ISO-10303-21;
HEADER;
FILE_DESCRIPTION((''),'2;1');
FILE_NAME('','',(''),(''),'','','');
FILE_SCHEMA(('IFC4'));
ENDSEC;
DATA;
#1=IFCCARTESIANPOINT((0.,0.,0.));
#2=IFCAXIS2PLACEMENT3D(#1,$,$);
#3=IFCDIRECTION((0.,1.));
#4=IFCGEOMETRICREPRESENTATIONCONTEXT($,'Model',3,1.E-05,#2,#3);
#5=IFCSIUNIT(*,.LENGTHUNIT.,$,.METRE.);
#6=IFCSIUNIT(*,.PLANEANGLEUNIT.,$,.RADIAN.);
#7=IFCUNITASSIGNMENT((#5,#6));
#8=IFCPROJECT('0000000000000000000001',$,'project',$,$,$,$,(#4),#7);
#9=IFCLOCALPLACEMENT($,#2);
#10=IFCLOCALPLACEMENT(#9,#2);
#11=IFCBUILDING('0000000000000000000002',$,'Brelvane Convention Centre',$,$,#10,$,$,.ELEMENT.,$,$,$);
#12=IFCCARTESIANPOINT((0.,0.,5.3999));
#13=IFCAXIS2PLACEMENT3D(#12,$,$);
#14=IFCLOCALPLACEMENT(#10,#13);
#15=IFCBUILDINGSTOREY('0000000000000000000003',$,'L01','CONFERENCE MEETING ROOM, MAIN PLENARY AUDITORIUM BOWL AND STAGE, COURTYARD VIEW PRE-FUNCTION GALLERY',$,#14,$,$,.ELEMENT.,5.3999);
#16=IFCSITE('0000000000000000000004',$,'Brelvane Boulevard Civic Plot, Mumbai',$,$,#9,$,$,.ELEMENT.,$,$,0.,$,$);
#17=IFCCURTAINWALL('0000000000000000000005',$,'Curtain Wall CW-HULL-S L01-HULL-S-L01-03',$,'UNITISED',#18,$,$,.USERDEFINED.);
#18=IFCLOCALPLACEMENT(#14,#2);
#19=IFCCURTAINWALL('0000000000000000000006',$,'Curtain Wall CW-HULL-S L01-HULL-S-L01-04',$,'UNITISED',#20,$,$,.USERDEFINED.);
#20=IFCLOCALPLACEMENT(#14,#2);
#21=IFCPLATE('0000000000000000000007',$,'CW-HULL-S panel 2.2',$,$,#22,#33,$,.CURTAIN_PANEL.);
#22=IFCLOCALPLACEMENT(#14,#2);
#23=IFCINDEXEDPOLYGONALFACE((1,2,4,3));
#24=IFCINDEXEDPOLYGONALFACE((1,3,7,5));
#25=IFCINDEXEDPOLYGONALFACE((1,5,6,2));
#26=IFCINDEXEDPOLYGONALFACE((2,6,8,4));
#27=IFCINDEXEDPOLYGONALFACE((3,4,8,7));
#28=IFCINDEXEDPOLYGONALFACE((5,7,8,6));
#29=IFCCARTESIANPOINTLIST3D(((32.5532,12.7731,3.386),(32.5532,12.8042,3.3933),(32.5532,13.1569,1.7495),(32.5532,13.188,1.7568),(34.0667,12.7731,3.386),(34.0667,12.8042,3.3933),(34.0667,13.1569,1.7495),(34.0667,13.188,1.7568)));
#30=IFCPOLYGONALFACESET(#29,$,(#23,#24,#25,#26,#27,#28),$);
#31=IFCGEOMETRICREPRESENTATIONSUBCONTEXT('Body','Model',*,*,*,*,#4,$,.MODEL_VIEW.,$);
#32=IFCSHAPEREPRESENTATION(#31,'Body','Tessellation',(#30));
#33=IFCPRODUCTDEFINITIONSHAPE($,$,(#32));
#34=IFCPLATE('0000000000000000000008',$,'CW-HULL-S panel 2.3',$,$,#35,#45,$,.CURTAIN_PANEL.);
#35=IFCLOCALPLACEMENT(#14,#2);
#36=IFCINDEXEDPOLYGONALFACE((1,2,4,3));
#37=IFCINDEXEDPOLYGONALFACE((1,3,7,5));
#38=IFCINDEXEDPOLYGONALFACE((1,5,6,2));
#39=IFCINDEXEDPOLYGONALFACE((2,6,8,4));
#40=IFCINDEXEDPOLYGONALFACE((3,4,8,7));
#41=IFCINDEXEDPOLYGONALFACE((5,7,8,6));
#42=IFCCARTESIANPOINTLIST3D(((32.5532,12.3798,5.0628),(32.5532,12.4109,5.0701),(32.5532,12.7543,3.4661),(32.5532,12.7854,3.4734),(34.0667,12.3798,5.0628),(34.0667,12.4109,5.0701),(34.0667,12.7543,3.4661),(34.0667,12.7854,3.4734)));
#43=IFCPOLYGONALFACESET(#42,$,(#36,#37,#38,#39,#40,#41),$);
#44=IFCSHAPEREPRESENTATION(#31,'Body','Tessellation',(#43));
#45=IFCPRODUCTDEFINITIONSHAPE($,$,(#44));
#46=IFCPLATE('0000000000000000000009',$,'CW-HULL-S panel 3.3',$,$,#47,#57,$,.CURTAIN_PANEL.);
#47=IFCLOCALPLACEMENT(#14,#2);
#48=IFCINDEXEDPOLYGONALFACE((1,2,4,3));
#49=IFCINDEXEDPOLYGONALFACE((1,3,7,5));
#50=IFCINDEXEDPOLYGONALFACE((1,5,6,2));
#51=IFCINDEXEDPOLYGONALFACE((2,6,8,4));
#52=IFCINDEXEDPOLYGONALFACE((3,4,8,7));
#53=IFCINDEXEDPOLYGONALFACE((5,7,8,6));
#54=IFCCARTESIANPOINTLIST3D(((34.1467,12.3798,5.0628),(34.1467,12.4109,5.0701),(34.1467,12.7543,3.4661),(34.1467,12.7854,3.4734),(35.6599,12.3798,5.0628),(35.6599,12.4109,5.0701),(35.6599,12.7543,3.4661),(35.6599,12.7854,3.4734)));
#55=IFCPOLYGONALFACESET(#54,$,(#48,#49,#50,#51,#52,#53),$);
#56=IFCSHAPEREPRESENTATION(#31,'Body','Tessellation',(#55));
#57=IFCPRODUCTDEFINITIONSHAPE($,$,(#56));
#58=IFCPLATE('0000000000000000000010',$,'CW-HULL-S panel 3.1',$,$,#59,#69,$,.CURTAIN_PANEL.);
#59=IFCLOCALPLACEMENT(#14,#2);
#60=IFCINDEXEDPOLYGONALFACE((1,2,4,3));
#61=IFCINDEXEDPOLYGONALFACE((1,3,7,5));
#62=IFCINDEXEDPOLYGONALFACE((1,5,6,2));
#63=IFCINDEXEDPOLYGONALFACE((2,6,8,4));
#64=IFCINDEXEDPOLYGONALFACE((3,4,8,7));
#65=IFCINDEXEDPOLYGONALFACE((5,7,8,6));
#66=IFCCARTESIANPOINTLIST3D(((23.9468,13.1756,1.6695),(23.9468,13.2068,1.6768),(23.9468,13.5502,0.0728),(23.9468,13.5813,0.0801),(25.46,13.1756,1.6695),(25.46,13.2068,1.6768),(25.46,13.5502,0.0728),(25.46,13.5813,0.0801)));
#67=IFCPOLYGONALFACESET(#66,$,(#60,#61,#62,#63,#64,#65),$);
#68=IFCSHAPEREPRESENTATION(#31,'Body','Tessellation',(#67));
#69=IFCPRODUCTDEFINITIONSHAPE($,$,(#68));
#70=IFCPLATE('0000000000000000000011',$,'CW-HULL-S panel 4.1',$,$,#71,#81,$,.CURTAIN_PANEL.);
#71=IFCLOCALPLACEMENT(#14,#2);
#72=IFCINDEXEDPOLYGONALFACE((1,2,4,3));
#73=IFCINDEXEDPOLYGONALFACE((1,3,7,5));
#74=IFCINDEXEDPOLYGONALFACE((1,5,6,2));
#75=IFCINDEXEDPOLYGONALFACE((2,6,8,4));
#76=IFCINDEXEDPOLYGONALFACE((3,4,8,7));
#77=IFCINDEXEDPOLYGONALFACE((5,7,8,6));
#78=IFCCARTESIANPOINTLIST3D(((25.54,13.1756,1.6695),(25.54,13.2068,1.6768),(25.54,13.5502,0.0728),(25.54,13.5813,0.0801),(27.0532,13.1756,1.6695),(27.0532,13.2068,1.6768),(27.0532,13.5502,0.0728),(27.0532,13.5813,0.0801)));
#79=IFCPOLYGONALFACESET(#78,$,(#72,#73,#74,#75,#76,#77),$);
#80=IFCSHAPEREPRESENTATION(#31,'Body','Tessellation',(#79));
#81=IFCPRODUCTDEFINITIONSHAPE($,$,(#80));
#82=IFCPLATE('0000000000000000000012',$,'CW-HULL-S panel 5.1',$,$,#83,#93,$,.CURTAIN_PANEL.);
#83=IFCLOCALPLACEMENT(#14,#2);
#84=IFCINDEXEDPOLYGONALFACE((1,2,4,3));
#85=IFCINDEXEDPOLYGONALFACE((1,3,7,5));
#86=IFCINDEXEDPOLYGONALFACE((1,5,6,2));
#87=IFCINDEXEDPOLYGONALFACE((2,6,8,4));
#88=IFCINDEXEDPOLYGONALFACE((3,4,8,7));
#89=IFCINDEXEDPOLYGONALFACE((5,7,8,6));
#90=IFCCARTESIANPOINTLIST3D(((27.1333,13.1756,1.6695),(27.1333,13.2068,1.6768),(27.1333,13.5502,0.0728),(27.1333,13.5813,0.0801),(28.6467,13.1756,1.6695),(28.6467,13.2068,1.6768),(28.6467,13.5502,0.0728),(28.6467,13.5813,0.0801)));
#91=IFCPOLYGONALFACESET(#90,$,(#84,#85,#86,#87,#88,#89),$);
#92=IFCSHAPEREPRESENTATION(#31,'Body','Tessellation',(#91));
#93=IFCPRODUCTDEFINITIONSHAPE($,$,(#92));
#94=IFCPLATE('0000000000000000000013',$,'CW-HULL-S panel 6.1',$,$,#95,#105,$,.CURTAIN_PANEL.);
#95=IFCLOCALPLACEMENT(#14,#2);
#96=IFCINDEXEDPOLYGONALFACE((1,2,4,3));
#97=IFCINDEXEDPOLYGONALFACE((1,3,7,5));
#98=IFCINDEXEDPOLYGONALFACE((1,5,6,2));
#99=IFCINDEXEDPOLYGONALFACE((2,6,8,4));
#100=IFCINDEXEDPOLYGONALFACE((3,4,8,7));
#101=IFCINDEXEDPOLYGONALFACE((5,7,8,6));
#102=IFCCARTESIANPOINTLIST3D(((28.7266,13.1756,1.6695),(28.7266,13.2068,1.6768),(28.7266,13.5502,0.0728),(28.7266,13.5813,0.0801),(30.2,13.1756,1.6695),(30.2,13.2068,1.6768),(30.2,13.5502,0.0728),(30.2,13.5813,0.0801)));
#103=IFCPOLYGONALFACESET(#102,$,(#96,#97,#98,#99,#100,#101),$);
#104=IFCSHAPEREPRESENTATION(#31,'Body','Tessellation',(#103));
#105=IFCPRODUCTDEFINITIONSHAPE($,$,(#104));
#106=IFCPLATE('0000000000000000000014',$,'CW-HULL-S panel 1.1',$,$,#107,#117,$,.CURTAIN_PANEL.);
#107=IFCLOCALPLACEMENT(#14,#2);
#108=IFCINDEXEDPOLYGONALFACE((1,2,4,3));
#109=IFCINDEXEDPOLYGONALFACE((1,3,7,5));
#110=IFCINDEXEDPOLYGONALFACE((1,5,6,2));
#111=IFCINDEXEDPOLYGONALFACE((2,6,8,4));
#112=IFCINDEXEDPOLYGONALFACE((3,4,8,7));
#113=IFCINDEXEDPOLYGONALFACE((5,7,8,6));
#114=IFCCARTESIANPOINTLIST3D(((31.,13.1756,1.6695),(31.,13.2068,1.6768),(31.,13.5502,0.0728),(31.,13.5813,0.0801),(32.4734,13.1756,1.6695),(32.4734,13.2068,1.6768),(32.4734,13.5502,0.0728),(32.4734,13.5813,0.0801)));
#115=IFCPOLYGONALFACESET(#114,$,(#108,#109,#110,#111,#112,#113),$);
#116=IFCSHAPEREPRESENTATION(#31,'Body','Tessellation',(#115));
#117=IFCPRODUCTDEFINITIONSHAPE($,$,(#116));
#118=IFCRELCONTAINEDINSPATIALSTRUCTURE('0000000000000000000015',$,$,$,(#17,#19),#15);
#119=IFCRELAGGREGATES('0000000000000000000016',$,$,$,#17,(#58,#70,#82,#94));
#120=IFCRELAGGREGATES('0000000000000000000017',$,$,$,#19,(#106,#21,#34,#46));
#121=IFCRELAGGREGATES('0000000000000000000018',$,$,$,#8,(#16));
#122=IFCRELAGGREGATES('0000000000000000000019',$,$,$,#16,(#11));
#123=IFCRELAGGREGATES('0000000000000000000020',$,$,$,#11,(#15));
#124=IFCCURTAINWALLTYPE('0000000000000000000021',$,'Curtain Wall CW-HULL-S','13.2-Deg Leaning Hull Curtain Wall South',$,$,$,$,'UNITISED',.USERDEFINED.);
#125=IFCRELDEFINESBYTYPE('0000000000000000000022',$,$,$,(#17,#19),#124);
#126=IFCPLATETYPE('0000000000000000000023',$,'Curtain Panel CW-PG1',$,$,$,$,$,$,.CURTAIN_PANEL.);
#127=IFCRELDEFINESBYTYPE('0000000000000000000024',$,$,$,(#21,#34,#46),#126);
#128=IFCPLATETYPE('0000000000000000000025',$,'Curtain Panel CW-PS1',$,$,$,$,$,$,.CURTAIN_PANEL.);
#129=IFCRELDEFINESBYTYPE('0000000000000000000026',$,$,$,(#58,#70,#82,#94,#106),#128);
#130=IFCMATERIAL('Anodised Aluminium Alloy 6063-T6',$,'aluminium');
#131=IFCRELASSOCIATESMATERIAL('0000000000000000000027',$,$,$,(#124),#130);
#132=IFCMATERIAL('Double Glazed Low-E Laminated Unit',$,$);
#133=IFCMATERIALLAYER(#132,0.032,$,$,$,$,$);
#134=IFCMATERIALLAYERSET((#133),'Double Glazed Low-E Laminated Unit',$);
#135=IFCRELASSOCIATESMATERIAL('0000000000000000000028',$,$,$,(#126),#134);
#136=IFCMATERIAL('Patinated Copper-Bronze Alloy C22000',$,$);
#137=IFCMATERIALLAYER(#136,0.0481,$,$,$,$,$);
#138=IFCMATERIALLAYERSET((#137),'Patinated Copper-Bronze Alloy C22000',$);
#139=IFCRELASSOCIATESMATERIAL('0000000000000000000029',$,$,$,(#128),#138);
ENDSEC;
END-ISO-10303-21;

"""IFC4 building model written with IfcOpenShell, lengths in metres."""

from ifc_helpers import new_model, si_unit, direction, frame, origin, place, context, subcontext, project, spatial, polyline, outline, extrude, material, layer, layer_set, type_object, element, aggregate, save


model = new_model("IFC4")

# Units and contexts
model_context = context("Model", 3, precision=1e-05, world=origin(), true_north=direction((0.0, 1.0)))
body_context = subcontext(model_context, "Body", "Model", "MODEL_VIEW")
ifc_project = project(units=[si_unit("LENGTHUNIT", "METRE"), si_unit("PLANEANGLEUNIT", "RADIAN")], contexts=[model_context])

# Site, building, storey
site_placement = place(None, origin())
site = spatial("IfcSite", under=ifc_project, at=site_placement, Name="Brelvane Boulevard Civic Plot, Mumbai", CompositionType="ELEMENT", RefElevation=0.0)
building_placement = place(site_placement, origin())
building = spatial("IfcBuilding", under=site, at=building_placement, Name="Brelvane Convention Centre", CompositionType="ELEMENT")
storey_placement = place(building_placement, frame((0.0, 0.0, 5.3999)))
storey = spatial("IfcBuildingStorey", under=building, at=storey_placement, Name="L01", Description="CONFERENCE MEETING ROOM, MAIN PLENARY AUDITORIUM BOWL AND STAGE, COURTYARD VIEW PRE-FUNCTION GALLERY", CompositionType="ELEMENT", Elevation=5.3999)

# Curtain walls
ifc_material_1 = material(Name="Anodised Aluminium Alloy 6063-T6", Category="aluminium")
curtain_wall_type = type_object("IfcCurtainWallType", Name="Curtain Wall CW-HULL-S", Description="13.2-Deg Leaning Hull Curtain Wall South", ElementType="UNITISED", PredefinedType="USERDEFINED", material=ifc_material_1)
curtain_wall_1_placement = place(storey_placement, origin())
curtain_wall_1 = element("IfcCurtainWall", 1, at=curtain_wall_1_placement, inside=storey, type_object=curtain_wall_type, Name="Curtain Wall CW-HULL-S L01-HULL-S-L01-03", ObjectType="UNITISED", PredefinedType="USERDEFINED")
curtain_wall_2_placement = place(storey_placement, origin())
curtain_wall_2 = element("IfcCurtainWall", 2, at=curtain_wall_2_placement, inside=storey, type_object=curtain_wall_type, Name="Curtain Wall CW-HULL-S L01-HULL-S-L01-04", ObjectType="UNITISED", PredefinedType="USERDEFINED")

# Plates
ifc_material_2 = material(Name="Double Glazed Low-E Laminated Unit")
ifc_layer_1 = layer(ifc_material_2, 0.032)
ifc_layer_set_1 = layer_set([ifc_layer_1], Name="Double Glazed Low-E Laminated Unit")
plate_type_1 = type_object("IfcPlateType", Name="Curtain Panel CW-PG1", PredefinedType="CURTAIN_PANEL", material=ifc_layer_set_1)
plate_1_placement = place(storey_placement, frame((32.5532, 13.188, 1.7568), z_axis=(0.0, 0.973585, 0.228327), x_axis=(1.0, 0.0, 0.0)))
plate_1 = element("IfcPlate", 3, at=plate_1_placement, type_object=plate_type_1, Name="CW-HULL-S panel 2.2", PredefinedType="CURTAIN_PANEL", context=body_context, shape_type="SweptSolid", body=[
    extrude(outline(polyline([(0.0, 0.0), (1.5134, 0.0), (1.5134, -1.6809), (0.0, -1.6809), (0.0, 0.0)])), origin(), (0.0, 0.0, -1.0), 0.032),
])
plate_2_placement = place(storey_placement, frame((32.5532, 12.7854, 3.4734), z_axis=(0.0, 0.973577, 0.228359), x_axis=(1.0, 0.0, 0.0)))
plate_2 = element("IfcPlate", 4, at=plate_2_placement, type_object=plate_type_1, Name="CW-HULL-S panel 2.3", PredefinedType="CURTAIN_PANEL", context=body_context, shape_type="SweptSolid", body=[
    extrude(outline(polyline([(0.0, 0.0), (1.5134, 0.0), (1.5134, -1.64), (0.0, -1.64), (0.0, 0.0)])), origin(), (0.0, 0.0, -1.0), 0.032),
])
plate_3_placement = place(storey_placement, frame((34.1467, 12.7854, 3.4734), z_axis=(0.0, 0.973577, 0.228359), x_axis=(1.0, 0.0, 0.0)))
plate_3 = element("IfcPlate", 5, at=plate_3_placement, type_object=plate_type_1, Name="CW-HULL-S panel 3.3", PredefinedType="CURTAIN_PANEL", context=body_context, shape_type="SweptSolid", body=[
    extrude(outline(polyline([(0.0, 0.0), (1.5132, 0.0), (1.5132, -1.64), (0.0, -1.64), (0.0, 0.0)])), origin(), (0.0, 0.0, -1.0), 0.032),
])
ifc_material_3 = material(Name="Patinated Copper-Bronze Alloy C22000")
ifc_layer_2 = layer(ifc_material_3, 0.0481)
ifc_layer_set_2 = layer_set([ifc_layer_2], Name="Patinated Copper-Bronze Alloy C22000")
plate_type_2 = type_object("IfcPlateType", Name="Curtain Panel CW-PS1", PredefinedType="CURTAIN_PANEL", material=ifc_layer_set_2)
plate_4_placement = place(storey_placement, frame((23.9468, 13.5813, 0.0801), z_axis=(0.0, 0.973577, 0.228359), x_axis=(1.0, 0.0, 0.0)))
plate_4 = element("IfcPlate", 6, at=plate_4_placement, type_object=plate_type_2, Name="CW-HULL-S panel 3.1", PredefinedType="CURTAIN_PANEL", context=body_context, shape_type="SweptSolid", body=[
    extrude(outline(polyline([(0.0, 0.0), (1.5132, 0.0), (1.5132, -1.64), (0.0, -1.64), (0.0, 0.0)])), origin(), (0.0, 0.0, -1.0), 0.032),
])
plate_5_placement = place(storey_placement, frame((25.54, 13.5813, 0.0801), z_axis=(0.0, 0.973577, 0.228359), x_axis=(1.0, 0.0, 0.0)))
plate_5 = element("IfcPlate", 7, at=plate_5_placement, type_object=plate_type_2, Name="CW-HULL-S panel 4.1", PredefinedType="CURTAIN_PANEL", context=body_context, shape_type="SweptSolid", body=[
    extrude(outline(polyline([(0.0, 0.0), (1.5132, 0.0), (1.5132, -1.64), (0.0, -1.64), (0.0, 0.0)])), origin(), (0.0, 0.0, -1.0), 0.032),
])
plate_6_placement = place(storey_placement, frame((27.1333, 13.5813, 0.0801), z_axis=(0.0, 0.973577, 0.228359), x_axis=(1.0, 0.0, 0.0)))
plate_6 = element("IfcPlate", 8, at=plate_6_placement, type_object=plate_type_2, Name="CW-HULL-S panel 5.1", PredefinedType="CURTAIN_PANEL", context=body_context, shape_type="SweptSolid", body=[
    extrude(outline(polyline([(0.0, 0.0), (1.5134, 0.0), (1.5134, -1.64), (0.0, -1.64), (0.0, 0.0)])), origin(), (0.0, 0.0, -1.0), 0.032),
])
plate_7_placement = place(storey_placement, frame((28.7266, 13.5813, 0.0801), z_axis=(0.0, 0.973577, 0.228359), x_axis=(1.0, 0.0, 0.0)))
plate_7 = element("IfcPlate", 9, at=plate_7_placement, type_object=plate_type_2, Name="CW-HULL-S panel 6.1", PredefinedType="CURTAIN_PANEL", context=body_context, shape_type="SweptSolid", body=[
    extrude(outline(polyline([(0.0, 0.0), (1.4734, 0.0), (1.4734, -1.64), (0.0, -1.64), (0.0, 0.0)])), origin(), (0.0, 0.0, -1.0), 0.032),
])
aggregate(curtain_wall_1, [plate_4, plate_5, plate_6, plate_7])
plate_8_placement = place(storey_placement, frame((31.0, 13.5813, 0.0801), z_axis=(0.0, 0.973577, 0.228359), x_axis=(1.0, 0.0, 0.0)))
plate_8 = element("IfcPlate", 10, at=plate_8_placement, type_object=plate_type_2, Name="CW-HULL-S panel 1.1", PredefinedType="CURTAIN_PANEL", context=body_context, shape_type="SweptSolid", body=[
    extrude(outline(polyline([(0.0, 0.0), (1.4734, 0.0), (1.4734, -1.64), (0.0, -1.64), (0.0, 0.0)])), origin(), (0.0, 0.0, -1.0), 0.032),
])
aggregate(curtain_wall_2, [plate_8, plate_1, plate_2, plate_3])

save(model, "model.ifc")
